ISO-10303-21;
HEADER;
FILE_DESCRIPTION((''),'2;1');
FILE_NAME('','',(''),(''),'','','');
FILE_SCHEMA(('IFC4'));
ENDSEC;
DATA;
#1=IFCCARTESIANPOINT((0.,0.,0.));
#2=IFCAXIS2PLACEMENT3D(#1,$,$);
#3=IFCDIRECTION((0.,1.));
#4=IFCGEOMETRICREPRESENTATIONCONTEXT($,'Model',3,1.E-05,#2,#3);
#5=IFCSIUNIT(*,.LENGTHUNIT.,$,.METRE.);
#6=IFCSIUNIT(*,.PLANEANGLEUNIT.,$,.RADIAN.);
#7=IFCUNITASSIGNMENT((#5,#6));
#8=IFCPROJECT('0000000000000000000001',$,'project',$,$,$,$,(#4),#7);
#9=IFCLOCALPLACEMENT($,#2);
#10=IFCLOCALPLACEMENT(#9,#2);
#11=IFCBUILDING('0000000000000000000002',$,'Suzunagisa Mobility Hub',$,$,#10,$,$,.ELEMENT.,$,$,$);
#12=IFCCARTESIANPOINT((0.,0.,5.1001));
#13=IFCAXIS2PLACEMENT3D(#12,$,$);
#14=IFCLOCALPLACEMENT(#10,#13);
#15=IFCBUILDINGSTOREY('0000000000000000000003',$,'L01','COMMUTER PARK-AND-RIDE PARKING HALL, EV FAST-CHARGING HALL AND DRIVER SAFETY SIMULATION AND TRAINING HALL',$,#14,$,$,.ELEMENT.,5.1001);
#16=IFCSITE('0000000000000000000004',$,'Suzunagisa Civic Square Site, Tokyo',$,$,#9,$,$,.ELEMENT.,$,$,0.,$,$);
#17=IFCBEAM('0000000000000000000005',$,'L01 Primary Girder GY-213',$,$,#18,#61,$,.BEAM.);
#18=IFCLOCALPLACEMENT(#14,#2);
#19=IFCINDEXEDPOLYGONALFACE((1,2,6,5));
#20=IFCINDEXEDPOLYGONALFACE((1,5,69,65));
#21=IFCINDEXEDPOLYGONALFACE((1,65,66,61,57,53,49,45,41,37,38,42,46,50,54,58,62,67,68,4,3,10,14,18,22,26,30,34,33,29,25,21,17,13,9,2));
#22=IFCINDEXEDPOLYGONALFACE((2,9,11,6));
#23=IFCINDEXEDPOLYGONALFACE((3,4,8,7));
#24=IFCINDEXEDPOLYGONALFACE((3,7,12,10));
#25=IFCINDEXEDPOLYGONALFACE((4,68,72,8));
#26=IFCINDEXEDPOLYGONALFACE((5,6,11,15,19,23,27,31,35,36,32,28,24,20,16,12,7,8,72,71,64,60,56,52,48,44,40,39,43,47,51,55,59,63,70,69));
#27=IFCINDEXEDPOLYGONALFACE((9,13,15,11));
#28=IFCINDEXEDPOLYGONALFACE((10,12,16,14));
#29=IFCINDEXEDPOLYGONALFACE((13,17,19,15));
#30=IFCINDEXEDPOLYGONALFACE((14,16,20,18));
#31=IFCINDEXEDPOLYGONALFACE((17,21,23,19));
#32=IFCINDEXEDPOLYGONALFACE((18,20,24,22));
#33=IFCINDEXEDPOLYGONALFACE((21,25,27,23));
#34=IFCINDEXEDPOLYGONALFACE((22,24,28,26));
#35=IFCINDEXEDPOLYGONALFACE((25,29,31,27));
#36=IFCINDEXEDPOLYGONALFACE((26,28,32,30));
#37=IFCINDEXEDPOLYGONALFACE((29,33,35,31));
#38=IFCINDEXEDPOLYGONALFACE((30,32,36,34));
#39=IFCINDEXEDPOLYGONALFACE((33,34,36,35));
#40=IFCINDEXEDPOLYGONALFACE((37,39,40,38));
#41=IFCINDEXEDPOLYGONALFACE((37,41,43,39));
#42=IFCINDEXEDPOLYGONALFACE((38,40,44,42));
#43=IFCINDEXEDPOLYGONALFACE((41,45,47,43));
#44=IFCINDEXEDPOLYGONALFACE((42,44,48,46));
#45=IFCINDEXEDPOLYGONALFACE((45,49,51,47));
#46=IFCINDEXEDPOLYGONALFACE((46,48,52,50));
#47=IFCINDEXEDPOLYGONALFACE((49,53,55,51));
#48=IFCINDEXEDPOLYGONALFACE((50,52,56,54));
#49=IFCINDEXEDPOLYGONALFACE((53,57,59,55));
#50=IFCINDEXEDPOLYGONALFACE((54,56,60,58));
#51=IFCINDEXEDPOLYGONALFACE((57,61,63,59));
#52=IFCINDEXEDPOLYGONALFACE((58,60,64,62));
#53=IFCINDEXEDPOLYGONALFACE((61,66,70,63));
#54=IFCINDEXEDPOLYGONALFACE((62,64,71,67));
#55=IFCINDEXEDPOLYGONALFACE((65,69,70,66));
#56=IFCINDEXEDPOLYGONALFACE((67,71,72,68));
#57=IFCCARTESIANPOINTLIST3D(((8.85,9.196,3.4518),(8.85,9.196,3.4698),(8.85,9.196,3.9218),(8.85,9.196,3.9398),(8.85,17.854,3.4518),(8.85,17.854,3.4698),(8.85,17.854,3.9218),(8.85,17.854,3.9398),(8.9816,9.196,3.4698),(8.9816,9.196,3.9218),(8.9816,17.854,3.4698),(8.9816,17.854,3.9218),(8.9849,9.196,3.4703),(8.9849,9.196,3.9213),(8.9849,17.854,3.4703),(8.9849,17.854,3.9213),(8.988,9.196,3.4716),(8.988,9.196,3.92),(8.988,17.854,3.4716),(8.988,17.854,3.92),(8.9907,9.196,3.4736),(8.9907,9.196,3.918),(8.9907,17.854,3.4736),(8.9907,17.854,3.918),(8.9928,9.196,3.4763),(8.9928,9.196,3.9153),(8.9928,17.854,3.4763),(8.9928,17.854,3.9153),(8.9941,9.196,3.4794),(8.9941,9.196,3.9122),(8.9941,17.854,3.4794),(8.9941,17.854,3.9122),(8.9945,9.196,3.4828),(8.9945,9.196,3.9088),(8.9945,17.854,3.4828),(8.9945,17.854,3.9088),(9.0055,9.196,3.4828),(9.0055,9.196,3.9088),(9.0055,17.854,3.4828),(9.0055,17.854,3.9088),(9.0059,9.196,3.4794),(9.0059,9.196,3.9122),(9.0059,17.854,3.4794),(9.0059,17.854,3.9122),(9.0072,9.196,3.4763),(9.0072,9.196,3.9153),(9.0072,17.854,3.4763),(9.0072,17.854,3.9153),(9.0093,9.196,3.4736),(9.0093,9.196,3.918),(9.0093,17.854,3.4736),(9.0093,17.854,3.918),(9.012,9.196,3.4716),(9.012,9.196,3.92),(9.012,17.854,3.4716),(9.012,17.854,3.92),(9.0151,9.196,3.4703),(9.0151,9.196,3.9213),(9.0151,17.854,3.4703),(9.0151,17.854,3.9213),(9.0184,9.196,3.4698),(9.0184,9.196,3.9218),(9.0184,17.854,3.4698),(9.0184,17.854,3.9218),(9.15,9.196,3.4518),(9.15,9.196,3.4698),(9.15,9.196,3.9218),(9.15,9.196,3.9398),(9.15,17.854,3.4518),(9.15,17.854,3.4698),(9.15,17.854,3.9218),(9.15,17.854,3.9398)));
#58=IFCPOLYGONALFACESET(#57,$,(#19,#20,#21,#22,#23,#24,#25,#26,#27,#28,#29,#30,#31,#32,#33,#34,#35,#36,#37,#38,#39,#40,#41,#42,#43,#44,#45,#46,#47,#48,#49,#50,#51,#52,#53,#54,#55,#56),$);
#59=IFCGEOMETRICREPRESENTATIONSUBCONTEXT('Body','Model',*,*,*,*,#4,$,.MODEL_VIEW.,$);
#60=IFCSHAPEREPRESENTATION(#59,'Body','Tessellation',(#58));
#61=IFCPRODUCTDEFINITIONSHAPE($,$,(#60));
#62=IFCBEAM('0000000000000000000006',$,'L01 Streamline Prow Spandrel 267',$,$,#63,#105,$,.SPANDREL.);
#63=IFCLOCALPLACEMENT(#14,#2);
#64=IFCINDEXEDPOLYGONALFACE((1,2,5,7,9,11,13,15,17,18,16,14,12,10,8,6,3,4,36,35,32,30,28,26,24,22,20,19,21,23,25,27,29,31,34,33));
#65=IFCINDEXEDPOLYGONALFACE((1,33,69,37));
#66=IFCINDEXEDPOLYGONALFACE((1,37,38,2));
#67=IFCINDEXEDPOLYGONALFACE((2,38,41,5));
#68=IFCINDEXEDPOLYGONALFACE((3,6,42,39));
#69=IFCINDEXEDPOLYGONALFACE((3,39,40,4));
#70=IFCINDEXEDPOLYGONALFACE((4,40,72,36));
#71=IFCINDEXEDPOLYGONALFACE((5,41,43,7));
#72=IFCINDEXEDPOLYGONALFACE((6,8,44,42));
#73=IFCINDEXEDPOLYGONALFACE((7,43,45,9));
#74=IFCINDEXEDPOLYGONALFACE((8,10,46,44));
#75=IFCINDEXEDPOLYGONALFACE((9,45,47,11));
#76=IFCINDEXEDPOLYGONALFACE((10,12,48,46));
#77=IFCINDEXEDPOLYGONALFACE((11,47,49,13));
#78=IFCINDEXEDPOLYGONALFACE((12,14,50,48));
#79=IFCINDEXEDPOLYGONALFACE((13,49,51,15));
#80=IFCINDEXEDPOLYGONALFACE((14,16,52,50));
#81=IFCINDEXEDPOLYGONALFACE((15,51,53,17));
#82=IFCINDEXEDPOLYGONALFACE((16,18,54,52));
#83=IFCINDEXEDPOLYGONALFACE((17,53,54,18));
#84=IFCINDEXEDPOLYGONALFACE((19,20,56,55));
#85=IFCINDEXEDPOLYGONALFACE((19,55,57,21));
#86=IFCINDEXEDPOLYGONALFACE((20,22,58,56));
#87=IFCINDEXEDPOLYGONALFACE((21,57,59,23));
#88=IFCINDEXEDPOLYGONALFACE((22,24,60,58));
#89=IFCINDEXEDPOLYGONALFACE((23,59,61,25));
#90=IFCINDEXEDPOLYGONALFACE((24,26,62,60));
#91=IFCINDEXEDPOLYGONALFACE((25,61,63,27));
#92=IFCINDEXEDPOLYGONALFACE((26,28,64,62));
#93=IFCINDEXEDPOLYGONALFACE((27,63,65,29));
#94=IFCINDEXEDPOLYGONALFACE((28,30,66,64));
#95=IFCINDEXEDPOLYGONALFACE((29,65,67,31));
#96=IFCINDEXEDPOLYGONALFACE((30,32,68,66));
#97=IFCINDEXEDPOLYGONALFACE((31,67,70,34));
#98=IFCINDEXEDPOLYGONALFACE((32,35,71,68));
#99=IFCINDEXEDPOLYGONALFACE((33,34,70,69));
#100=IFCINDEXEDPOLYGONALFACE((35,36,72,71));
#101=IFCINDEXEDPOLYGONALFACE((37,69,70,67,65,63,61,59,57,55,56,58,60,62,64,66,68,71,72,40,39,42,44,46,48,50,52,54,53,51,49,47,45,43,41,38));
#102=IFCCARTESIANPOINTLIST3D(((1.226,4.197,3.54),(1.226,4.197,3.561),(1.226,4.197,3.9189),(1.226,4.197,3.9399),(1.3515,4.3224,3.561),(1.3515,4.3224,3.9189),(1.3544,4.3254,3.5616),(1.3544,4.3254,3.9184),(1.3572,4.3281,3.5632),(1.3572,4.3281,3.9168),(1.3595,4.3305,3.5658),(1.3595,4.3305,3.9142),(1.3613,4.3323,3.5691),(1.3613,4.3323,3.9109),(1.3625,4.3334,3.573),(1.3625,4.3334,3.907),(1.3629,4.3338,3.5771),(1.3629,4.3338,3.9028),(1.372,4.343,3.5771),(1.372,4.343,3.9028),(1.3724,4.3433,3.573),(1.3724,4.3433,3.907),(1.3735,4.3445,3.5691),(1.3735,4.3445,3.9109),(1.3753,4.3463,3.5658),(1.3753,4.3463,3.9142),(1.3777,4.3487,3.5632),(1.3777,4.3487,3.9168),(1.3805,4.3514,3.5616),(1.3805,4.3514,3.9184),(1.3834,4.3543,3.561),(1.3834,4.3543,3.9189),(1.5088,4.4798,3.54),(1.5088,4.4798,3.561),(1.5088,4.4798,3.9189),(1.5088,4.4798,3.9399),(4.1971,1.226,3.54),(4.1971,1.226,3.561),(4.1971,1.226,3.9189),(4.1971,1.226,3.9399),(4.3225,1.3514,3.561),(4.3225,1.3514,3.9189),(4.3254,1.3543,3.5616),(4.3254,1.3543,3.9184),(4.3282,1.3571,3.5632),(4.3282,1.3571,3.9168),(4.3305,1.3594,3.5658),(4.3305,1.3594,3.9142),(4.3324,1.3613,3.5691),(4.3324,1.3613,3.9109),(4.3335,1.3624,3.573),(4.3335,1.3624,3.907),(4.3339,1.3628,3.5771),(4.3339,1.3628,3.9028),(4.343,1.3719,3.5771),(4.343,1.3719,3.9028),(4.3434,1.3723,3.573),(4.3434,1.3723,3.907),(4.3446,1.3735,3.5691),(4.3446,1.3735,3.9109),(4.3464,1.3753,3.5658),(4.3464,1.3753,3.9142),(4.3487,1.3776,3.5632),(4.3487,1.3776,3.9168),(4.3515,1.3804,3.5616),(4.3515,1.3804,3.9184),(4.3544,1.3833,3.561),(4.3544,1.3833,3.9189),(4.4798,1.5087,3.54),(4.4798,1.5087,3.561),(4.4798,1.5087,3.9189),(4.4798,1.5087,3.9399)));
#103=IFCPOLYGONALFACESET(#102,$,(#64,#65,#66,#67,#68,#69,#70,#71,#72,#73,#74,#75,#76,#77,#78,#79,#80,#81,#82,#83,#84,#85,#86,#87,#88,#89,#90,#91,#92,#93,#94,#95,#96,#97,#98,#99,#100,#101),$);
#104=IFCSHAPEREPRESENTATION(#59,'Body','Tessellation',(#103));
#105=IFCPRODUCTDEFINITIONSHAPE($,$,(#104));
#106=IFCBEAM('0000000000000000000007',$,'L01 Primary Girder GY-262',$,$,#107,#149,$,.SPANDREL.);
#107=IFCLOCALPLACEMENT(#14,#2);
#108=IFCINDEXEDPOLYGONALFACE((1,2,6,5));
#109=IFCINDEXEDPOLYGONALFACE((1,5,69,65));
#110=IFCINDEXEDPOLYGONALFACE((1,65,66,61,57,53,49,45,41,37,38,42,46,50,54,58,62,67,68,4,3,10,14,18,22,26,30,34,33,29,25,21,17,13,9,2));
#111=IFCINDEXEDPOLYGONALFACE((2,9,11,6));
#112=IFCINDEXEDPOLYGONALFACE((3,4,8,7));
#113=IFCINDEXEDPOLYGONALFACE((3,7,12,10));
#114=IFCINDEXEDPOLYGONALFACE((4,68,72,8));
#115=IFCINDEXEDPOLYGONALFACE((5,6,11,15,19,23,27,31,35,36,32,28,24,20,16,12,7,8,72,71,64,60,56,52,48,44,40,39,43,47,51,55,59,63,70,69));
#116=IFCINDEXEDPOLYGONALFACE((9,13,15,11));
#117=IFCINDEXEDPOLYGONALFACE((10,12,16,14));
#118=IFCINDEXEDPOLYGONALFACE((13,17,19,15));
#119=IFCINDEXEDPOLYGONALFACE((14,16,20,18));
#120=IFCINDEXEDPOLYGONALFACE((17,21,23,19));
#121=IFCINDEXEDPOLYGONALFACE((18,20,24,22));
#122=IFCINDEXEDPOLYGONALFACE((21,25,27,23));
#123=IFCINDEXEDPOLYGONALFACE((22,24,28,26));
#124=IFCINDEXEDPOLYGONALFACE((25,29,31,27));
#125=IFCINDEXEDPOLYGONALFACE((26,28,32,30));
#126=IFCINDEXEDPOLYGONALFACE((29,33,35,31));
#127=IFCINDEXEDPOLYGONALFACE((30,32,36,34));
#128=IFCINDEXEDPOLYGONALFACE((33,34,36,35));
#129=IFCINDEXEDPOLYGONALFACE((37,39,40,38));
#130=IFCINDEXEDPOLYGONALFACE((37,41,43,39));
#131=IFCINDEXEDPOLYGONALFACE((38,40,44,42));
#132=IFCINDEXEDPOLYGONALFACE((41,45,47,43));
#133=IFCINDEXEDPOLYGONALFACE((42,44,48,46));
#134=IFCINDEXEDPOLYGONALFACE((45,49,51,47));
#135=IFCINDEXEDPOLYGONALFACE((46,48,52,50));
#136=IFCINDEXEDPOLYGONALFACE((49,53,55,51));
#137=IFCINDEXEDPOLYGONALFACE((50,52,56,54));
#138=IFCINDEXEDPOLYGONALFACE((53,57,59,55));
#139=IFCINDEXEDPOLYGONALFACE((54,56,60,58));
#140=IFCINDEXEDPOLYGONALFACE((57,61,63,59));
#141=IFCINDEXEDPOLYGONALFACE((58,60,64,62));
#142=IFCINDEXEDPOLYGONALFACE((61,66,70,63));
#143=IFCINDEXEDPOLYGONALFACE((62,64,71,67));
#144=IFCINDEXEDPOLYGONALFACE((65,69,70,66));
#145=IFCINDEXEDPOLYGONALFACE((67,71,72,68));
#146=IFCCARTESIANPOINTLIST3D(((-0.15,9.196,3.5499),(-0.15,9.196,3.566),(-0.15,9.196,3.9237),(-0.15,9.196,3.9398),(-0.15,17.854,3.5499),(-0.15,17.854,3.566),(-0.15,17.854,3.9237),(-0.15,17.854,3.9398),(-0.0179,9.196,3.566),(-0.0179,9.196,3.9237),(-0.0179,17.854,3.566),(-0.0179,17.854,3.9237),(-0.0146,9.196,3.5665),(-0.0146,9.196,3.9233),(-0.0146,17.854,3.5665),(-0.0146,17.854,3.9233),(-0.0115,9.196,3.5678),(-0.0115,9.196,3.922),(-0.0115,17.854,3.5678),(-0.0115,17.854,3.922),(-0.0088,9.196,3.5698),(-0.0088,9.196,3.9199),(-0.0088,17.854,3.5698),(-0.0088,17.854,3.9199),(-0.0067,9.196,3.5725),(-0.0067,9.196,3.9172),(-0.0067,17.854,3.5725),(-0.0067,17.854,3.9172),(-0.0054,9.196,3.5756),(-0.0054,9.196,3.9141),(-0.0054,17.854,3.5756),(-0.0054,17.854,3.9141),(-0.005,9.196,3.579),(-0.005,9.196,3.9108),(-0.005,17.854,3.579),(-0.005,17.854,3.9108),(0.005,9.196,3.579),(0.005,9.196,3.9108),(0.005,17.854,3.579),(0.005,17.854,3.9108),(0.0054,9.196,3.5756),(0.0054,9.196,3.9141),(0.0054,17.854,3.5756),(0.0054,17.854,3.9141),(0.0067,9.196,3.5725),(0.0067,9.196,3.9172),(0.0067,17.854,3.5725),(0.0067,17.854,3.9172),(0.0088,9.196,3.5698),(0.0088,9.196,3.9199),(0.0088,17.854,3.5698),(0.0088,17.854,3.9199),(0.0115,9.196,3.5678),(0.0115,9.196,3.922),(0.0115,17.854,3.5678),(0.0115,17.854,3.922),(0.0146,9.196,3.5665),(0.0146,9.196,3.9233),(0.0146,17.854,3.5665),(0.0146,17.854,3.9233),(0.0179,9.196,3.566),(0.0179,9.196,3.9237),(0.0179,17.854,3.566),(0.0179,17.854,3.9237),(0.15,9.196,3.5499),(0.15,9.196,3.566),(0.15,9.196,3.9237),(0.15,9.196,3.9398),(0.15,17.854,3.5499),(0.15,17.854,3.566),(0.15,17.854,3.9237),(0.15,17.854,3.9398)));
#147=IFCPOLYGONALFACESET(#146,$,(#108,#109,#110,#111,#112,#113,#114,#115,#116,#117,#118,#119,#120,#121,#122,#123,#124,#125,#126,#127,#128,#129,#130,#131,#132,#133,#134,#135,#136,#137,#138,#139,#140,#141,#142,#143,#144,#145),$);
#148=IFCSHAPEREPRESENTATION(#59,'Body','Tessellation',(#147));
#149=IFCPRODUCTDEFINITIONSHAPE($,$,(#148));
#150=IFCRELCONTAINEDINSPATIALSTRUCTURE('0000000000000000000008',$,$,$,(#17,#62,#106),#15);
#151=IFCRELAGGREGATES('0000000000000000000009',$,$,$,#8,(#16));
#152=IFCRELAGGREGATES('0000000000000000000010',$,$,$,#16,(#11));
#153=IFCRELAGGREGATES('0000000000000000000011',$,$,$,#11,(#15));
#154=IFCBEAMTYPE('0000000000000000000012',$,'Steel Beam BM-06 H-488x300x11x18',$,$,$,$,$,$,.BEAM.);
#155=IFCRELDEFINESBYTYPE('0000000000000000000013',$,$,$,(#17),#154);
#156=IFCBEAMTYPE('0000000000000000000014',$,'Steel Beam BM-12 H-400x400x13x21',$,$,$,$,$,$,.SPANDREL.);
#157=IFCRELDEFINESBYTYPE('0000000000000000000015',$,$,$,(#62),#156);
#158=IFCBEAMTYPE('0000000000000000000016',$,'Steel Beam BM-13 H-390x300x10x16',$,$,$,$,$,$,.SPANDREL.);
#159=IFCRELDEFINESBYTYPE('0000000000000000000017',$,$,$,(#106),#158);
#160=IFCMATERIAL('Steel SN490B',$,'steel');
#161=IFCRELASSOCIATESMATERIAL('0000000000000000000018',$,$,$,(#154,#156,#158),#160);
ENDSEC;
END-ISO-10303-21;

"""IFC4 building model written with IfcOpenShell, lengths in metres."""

from ifc_helpers import new_model, si_unit, direction, frame, origin, origin_2d, place, context, subcontext, project, spatial, i_section, extrude, material, material_profile, profile_set, type_object, element, save


model = new_model("IFC4")

# Units and contexts
model_context = context("Model", 3, precision=1e-05, world=origin(), true_north=direction((0.0, 1.0)))
body_context = subcontext(model_context, "Body", "Model", "MODEL_VIEW")
ifc_project = project(units=[si_unit("LENGTHUNIT", "METRE"), si_unit("PLANEANGLEUNIT", "RADIAN")], contexts=[model_context])

# Site, building, storey
site_placement = place(None, origin())
site = spatial("IfcSite", under=ifc_project, at=site_placement, Name="Suzunagisa Civic Square Site, Tokyo", CompositionType="ELEMENT", RefElevation=0.0)
building_placement = place(site_placement, origin())
building = spatial("IfcBuilding", under=site, at=building_placement, Name="Suzunagisa Mobility Hub", CompositionType="ELEMENT")
storey_placement = place(building_placement, frame((0.0, 0.0, 5.1001)))
storey = spatial("IfcBuildingStorey", under=building, at=storey_placement, Name="L01", Description="COMMUTER PARK-AND-RIDE PARKING HALL, EV FAST-CHARGING HALL AND DRIVER SAFETY SIMULATION AND TRAINING HALL", CompositionType="ELEMENT", Elevation=5.1001)

# Shared definitions
ifc_material_1 = material(Name="Steel SN490B", Category="steel")

# Beams
ifc_material_profile_1 = material_profile(ifc_material_1, i_section(OverallWidth=0.3, OverallDepth=0.488, WebThickness=0.011, FlangeThickness=0.0181, FilletRadius=0.0129, at=origin_2d()), Name="H-488x300x11x18")
ifc_profile_set_1 = profile_set([ifc_material_profile_1], Name="Steel SN490B")
beam_type_1 = type_object("IfcBeamType", Name="Steel Beam BM-06 H-488x300x11x18", PredefinedType="BEAM", material=ifc_profile_set_1)
beam_1_placement = place(storey_placement, frame((9.0, 9.196, 3.6958), z_axis=(0.0, 1.0, 0.0), x_axis=(-1.0, 0.0, 0.0)))
element("IfcBeam", 1, at=beam_1_placement, inside=storey, type_object=beam_type_1, Name="L01 Primary Girder GY-213", PredefinedType="BEAM", context=body_context, shape_type="SweptSolid", body=[
    extrude(i_section(OverallWidth=0.3, OverallDepth=0.488, WebThickness=0.011, FlangeThickness=0.0181, FilletRadius=0.0129, at=origin_2d()), origin(), (0.0, 0.0, 1.0), 8.658),
])
ifc_material_profile_2 = material_profile(ifc_material_1, i_section(OverallWidth=0.3999, OverallDepth=0.3999, WebThickness=0.0129, FlangeThickness=0.021, FilletRadius=0.0161, at=origin_2d()), Name="H-400x400x13x21")
ifc_profile_set_2 = profile_set([ifc_material_profile_2], Name="Steel SN490B")
beam_type_2 = type_object("IfcBeamType", Name="Steel Beam BM-12 H-400x400x13x21", PredefinedType="SPANDREL", material=ifc_profile_set_2)
beam_2_placement = place(storey_placement, frame((1.3674, 4.3384, 3.74), z_axis=(0.707107, -0.707107, 0.0), x_axis=(0.707107, 0.707107, 0.0)))
element("IfcBeam", 2, at=beam_2_placement, inside=storey, type_object=beam_type_2, Name="L01 Streamline Prow Spandrel 267", PredefinedType="SPANDREL", context=body_context, shape_type="SweptSolid", body=[
    extrude(i_section(OverallWidth=0.3999, OverallDepth=0.3999, WebThickness=0.0129, FlangeThickness=0.021, FilletRadius=0.0161, at=origin_2d()), origin(), (0.0, 0.0, 1.0), 4.2017),
])
ifc_material_profile_3 = material_profile(ifc_material_1, i_section(OverallWidth=0.3, OverallDepth=0.3899, WebThickness=0.01, FlangeThickness=0.0161, FilletRadius=0.0129, at=origin_2d()), Name="H-390x300x10x16")
ifc_profile_set_3 = profile_set([ifc_material_profile_3], Name="Steel SN490B")
beam_type_3 = type_object("IfcBeamType", Name="Steel Beam BM-13 H-390x300x10x16", PredefinedType="SPANDREL", material=ifc_profile_set_3)
beam_3_placement = place(storey_placement, frame((0.0, 9.196, 3.7449), z_axis=(0.0, 1.0, 0.0), x_axis=(-1.0, 0.0, 0.0)))
element("IfcBeam", 3, at=beam_3_placement, inside=storey, type_object=beam_type_3, Name="L01 Primary Girder GY-262", PredefinedType="SPANDREL", context=body_context, shape_type="SweptSolid", body=[
    extrude(i_section(OverallWidth=0.3, OverallDepth=0.3899, WebThickness=0.01, FlangeThickness=0.0161, FilletRadius=0.0129, at=origin_2d()), origin(), (0.0, 0.0, 1.0), 8.658),
])

save(model, "model.ifc")
